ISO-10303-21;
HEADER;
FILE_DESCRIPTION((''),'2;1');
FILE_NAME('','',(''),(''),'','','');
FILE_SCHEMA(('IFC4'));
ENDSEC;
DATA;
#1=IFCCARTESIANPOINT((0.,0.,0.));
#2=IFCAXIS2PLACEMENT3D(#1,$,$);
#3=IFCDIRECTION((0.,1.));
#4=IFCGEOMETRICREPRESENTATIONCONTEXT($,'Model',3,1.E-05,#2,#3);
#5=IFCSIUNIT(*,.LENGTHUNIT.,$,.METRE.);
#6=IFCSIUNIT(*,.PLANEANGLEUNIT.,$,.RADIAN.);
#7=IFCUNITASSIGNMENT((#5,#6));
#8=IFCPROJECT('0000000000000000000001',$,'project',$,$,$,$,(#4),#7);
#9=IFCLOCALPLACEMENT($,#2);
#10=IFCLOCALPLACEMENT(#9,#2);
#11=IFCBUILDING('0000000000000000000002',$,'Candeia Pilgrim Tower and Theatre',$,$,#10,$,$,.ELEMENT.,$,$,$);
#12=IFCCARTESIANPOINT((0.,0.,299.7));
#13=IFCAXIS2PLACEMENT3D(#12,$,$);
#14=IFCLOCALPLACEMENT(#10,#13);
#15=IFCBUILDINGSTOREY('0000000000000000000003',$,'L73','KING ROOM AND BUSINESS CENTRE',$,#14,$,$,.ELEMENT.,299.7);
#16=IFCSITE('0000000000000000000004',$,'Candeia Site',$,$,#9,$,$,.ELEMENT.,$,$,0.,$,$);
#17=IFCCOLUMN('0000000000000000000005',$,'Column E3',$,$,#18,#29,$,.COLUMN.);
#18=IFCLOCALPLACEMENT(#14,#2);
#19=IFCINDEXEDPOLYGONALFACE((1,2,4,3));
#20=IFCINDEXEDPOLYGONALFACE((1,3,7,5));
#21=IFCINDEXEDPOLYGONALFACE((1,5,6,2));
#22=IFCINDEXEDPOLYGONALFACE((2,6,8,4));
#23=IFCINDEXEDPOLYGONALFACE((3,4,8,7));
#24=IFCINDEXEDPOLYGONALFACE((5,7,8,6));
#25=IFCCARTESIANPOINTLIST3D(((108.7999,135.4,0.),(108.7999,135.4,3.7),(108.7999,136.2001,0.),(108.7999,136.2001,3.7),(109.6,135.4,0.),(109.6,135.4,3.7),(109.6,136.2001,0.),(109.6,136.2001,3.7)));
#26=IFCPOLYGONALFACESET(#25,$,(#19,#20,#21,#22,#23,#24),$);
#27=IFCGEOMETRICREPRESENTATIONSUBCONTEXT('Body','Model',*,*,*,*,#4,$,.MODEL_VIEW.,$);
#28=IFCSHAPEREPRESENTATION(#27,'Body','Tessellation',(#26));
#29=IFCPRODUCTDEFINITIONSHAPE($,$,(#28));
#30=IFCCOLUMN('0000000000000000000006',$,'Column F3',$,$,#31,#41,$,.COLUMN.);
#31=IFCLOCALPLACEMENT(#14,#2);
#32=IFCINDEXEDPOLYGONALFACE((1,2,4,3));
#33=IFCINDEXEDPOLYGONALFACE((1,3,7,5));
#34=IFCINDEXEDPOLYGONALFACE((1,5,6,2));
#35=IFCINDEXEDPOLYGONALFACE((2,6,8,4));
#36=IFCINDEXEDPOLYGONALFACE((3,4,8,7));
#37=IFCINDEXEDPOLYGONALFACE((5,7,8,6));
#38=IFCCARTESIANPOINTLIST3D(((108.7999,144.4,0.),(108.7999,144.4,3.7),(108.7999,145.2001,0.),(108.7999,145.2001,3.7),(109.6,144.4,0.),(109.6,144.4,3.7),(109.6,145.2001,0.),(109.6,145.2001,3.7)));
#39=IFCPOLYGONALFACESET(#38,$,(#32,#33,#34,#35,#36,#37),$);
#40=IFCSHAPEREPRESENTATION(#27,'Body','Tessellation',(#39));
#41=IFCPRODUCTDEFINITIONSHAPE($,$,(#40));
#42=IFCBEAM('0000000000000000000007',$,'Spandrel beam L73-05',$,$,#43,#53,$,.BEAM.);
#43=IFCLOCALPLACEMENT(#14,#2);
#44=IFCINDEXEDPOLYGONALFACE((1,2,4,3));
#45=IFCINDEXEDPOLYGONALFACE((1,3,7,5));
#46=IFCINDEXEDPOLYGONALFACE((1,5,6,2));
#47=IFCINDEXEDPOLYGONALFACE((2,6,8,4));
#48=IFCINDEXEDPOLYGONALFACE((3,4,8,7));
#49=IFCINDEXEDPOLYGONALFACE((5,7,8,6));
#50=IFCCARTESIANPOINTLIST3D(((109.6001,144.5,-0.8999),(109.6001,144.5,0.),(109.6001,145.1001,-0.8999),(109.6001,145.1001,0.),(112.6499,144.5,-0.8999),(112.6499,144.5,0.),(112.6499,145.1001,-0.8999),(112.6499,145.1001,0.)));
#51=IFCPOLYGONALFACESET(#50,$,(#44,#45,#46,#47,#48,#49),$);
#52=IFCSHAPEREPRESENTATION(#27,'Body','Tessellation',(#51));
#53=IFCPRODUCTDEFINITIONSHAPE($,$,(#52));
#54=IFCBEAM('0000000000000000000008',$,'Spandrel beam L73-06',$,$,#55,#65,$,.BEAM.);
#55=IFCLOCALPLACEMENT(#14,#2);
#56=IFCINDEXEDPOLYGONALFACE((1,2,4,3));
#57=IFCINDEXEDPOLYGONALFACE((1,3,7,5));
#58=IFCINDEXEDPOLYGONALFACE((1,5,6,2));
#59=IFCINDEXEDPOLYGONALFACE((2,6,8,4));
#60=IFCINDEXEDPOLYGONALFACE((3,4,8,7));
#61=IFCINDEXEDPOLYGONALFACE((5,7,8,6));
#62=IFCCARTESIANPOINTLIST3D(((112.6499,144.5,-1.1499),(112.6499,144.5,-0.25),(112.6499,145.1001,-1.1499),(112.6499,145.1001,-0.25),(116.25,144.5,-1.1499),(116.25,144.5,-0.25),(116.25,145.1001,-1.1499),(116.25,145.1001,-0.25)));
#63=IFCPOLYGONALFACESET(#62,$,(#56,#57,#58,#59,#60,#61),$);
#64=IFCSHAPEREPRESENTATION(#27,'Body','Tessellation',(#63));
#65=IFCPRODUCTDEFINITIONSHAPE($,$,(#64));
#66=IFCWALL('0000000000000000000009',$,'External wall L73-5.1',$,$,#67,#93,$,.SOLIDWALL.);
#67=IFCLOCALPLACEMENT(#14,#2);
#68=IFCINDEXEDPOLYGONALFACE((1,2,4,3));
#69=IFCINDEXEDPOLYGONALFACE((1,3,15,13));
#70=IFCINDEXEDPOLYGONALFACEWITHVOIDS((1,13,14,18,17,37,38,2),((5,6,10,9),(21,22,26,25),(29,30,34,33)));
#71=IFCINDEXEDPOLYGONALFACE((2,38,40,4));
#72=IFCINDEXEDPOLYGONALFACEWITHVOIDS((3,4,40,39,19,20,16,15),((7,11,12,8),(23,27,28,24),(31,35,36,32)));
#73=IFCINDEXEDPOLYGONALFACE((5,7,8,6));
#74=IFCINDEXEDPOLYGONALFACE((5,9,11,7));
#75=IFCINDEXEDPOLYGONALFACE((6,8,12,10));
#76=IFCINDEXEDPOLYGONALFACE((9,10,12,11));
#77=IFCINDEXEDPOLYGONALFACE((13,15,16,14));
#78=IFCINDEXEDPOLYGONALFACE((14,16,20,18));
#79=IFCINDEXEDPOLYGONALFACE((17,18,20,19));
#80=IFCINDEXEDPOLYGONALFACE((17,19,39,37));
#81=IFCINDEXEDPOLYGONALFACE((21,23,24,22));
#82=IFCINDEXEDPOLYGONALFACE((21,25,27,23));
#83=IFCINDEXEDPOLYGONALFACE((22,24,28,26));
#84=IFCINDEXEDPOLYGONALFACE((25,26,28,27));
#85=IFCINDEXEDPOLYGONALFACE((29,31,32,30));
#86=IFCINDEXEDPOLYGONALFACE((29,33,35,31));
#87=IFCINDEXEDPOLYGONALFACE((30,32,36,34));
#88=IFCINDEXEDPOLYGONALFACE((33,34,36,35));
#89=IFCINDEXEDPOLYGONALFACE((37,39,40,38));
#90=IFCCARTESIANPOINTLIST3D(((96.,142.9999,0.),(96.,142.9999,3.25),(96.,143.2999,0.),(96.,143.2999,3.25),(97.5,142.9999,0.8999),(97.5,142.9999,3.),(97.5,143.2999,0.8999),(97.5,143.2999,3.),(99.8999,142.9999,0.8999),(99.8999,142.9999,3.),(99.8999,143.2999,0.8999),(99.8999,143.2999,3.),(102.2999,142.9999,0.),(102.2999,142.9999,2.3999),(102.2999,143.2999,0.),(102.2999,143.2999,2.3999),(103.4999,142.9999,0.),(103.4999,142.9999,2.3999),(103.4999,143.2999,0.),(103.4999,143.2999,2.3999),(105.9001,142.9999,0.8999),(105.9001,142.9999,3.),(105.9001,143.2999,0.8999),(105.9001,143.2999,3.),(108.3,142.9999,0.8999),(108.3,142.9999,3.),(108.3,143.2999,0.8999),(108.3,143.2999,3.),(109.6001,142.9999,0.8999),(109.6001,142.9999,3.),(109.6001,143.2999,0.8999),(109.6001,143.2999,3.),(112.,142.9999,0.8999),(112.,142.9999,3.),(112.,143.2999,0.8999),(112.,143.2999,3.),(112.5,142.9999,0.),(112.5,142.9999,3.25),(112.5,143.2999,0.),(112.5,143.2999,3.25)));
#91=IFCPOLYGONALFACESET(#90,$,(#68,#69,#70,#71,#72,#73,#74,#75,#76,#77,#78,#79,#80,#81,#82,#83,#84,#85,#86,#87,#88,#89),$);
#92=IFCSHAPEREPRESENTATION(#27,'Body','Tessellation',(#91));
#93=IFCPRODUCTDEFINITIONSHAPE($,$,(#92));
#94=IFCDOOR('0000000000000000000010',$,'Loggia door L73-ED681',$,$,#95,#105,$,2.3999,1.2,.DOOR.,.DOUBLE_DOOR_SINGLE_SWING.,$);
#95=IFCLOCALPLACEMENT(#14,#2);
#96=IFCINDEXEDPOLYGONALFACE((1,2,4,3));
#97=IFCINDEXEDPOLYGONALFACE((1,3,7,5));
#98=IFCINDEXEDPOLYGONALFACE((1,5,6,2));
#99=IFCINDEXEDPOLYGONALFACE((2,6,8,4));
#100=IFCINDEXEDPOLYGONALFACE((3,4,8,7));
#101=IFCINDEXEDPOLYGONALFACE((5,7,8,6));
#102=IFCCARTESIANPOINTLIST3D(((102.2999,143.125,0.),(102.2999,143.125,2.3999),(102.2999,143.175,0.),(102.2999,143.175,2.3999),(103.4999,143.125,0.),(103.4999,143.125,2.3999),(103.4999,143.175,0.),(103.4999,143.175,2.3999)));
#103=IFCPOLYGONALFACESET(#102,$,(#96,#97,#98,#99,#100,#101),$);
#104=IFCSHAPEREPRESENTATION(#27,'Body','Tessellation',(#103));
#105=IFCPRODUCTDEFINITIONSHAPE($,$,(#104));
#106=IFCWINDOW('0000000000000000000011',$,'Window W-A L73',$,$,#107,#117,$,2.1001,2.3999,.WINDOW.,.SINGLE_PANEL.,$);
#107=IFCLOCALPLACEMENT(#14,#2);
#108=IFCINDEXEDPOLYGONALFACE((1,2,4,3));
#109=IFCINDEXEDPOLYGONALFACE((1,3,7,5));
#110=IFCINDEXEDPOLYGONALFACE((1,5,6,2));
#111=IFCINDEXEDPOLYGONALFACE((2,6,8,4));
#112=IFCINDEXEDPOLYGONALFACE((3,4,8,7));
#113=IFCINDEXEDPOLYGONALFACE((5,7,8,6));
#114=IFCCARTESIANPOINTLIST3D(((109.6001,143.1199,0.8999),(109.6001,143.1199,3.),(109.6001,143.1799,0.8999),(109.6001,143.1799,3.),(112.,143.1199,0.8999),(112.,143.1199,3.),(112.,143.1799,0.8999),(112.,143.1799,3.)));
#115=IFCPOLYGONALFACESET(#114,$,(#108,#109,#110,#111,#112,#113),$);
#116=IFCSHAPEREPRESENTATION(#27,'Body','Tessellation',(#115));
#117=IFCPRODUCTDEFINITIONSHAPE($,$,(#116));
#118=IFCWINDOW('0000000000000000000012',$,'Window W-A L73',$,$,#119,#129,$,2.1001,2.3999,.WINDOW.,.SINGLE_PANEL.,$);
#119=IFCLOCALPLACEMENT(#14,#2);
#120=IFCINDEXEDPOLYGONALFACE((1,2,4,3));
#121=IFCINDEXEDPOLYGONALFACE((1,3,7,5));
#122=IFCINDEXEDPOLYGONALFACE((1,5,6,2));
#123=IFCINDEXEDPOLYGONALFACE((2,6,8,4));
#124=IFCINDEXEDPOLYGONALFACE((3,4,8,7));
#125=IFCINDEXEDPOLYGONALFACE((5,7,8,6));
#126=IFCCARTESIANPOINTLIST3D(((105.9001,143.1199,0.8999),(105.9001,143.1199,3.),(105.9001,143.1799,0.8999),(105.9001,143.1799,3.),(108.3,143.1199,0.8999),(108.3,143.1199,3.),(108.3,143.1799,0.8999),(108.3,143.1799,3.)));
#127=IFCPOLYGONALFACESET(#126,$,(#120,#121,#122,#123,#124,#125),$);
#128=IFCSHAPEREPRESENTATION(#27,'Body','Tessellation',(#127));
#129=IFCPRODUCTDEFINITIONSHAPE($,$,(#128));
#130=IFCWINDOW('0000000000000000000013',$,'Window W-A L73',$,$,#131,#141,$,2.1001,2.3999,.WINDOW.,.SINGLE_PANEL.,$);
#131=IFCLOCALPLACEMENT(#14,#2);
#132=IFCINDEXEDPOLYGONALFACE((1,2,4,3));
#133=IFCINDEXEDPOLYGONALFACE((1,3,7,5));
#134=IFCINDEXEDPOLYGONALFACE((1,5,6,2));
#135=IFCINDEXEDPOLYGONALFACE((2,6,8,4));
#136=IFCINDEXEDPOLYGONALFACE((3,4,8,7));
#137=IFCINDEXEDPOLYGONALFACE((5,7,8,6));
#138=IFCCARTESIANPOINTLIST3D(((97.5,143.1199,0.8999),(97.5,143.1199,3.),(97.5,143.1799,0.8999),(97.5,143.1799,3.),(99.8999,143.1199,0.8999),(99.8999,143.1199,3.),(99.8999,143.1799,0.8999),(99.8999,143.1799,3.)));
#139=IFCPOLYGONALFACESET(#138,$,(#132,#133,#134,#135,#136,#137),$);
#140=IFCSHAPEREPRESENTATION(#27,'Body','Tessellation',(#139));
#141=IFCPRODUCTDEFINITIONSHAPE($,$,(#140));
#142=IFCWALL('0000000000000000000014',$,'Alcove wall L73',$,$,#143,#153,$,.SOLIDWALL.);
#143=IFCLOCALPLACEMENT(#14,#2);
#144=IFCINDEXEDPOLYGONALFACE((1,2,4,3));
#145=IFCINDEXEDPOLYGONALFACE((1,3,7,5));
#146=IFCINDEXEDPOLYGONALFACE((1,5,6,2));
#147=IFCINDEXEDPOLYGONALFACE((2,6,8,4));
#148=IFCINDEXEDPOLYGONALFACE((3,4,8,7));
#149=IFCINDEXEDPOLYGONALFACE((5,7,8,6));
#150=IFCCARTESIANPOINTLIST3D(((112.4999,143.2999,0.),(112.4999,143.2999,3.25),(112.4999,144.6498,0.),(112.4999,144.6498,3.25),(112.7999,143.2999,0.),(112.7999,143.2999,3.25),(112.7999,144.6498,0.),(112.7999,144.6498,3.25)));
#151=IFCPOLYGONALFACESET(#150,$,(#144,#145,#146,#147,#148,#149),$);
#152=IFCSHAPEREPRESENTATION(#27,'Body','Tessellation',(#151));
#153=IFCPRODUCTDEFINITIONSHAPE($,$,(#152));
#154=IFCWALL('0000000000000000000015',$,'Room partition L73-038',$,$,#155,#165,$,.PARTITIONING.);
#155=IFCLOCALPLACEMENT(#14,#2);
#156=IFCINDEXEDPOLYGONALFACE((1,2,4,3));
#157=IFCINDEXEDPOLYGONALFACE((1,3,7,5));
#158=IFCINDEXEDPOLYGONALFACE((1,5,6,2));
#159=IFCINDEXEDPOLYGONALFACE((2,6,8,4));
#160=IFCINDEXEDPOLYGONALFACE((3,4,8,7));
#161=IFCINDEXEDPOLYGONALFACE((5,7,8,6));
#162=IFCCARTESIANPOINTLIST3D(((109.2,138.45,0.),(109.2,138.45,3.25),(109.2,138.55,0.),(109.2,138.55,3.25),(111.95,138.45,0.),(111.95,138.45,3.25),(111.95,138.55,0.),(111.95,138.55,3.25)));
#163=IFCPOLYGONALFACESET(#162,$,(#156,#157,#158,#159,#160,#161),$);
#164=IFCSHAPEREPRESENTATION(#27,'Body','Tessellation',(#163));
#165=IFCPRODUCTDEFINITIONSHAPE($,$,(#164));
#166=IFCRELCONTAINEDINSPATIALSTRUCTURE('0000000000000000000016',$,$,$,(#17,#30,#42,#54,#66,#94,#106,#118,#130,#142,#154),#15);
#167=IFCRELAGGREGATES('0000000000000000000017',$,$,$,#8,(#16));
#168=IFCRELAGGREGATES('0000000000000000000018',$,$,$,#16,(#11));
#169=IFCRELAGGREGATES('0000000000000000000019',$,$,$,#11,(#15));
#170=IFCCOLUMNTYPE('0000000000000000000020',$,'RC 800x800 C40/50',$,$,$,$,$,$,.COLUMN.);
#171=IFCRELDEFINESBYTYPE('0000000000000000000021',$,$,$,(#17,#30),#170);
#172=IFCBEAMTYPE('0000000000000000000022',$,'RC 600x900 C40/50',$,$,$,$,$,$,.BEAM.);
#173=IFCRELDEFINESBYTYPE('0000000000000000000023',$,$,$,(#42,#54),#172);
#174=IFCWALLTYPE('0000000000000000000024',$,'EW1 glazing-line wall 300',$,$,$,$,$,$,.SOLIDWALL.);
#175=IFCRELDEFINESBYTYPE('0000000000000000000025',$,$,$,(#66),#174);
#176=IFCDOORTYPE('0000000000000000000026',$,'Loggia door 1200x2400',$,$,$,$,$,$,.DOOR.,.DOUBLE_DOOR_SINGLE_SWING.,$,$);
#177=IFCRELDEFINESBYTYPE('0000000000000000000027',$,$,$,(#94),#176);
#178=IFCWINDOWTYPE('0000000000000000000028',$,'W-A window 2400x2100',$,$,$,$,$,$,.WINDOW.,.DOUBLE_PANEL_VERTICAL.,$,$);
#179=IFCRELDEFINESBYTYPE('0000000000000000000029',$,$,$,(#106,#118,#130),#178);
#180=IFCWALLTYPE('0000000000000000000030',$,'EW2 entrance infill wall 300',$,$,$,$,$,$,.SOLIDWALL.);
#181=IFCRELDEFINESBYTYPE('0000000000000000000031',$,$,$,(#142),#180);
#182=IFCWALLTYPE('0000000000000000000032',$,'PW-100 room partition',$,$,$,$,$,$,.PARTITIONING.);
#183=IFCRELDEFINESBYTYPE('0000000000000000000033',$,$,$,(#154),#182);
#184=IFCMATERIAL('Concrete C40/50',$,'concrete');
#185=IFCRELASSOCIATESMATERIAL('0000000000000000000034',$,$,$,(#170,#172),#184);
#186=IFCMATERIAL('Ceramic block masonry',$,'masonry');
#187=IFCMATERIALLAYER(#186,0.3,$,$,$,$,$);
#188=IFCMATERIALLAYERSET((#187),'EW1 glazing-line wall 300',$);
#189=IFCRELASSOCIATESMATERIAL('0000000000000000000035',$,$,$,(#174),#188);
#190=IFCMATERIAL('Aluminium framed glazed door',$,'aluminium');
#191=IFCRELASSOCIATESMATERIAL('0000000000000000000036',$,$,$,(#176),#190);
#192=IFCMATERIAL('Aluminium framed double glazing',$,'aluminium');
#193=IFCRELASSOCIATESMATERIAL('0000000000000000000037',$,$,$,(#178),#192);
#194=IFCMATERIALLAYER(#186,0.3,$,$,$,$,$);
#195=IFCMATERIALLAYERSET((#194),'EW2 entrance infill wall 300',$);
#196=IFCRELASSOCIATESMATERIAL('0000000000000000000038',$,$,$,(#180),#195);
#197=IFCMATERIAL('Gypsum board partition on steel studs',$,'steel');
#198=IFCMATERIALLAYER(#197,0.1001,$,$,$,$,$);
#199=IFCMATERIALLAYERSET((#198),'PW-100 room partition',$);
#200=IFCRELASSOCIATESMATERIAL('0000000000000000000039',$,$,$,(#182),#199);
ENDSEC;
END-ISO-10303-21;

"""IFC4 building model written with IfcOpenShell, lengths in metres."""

from ifc_helpers import new_model, si_unit, direction, frame, frame_2d, origin, origin_2d, place, context, subcontext, project, spatial, rectangle, extrude, material, layer, layer_set, material_profile, profile_set, type_object, element, fill, save


model = new_model("IFC4")

# Units and contexts
model_context = context("Model", 3, precision=1e-05, world=origin(), true_north=direction((0.0, 1.0)))
body_context = subcontext(model_context, "Body", "Model", "MODEL_VIEW")
ifc_project = project(units=[si_unit("LENGTHUNIT", "METRE"), si_unit("PLANEANGLEUNIT", "RADIAN")], contexts=[model_context])

# Site, building, storey
site_placement = place(None, origin())
site = spatial("IfcSite", under=ifc_project, at=site_placement, Name="Candeia Site", CompositionType="ELEMENT", RefElevation=0.0)
building_placement = place(site_placement, origin())
building = spatial("IfcBuilding", under=site, at=building_placement, Name="Candeia Pilgrim Tower and Theatre", CompositionType="ELEMENT")
storey_placement = place(building_placement, frame((0.0, 0.0, 299.7)))
storey = spatial("IfcBuildingStorey", under=building, at=storey_placement, Name="L73", Description="KING ROOM AND BUSINESS CENTRE", CompositionType="ELEMENT", Elevation=299.7)

# Columns
ifc_material_1 = material(Name="Concrete C40/50", Category="concrete")
ifc_material_profile_1 = material_profile(ifc_material_1, rectangle(XDim=0.8, YDim=0.8, at=origin_2d()))
ifc_profile_set_1 = profile_set([ifc_material_profile_1], Name="Concrete C40/50")
column_type = type_object("IfcColumnType", Name="RC 800x800 C40/50", PredefinedType="COLUMN", material=ifc_profile_set_1)
for number, where, z_axis, x_axis, name in (
    (1, (109.2, 135.8, 0.0), (0.0, 0.0, 1.0), (1.0, 0.0, 0.0), "Column E3"),
    (2, (109.2, 144.8, 0.0), (0.0, 0.0, 1.0), (1.0, 0.0, 0.0), "Column F3"),
):
    element("IfcColumn", number, at=place(storey_placement, frame(where, z_axis=z_axis, x_axis=x_axis)), inside=storey, type_object=column_type, Name=name, PredefinedType="COLUMN", context=body_context, shape_type="SweptSolid", body=[
        extrude(rectangle(XDim=0.8, YDim=0.8, at=origin_2d()), origin(), (0.0, 0.0, 1.0), 3.7),
    ])

# Beams
ifc_material_profile_2 = material_profile(ifc_material_1, rectangle(XDim=0.6001, YDim=0.8999, at=origin_2d()))
ifc_profile_set_2 = profile_set([ifc_material_profile_2], Name="Concrete C40/50")
beam_type = type_object("IfcBeamType", Name="RC 600x900 C40/50", PredefinedType="BEAM", material=ifc_profile_set_2)
beam_1_placement = place(storey_placement, frame((109.6001, 144.8, -0.45), z_axis=(1.0, 0.0, 0.0), x_axis=(0.0, 1.0, 0.0)))
element("IfcBeam", 3, at=beam_1_placement, inside=storey, type_object=beam_type, Name="Spandrel beam L73-05", PredefinedType="BEAM", context=body_context, shape_type="SweptSolid", body=[
    extrude(rectangle(XDim=0.6001, YDim=0.8999, at=origin_2d()), origin(), (0.0, 0.0, 1.0), 3.0498),
])
beam_2_placement = place(storey_placement, frame((112.6499, 144.8, -0.7), z_axis=(1.0, 0.0, 0.0), x_axis=(0.0, 1.0, 0.0)))
element("IfcBeam", 4, at=beam_2_placement, inside=storey, type_object=beam_type, Name="Spandrel beam L73-06", PredefinedType="BEAM", context=body_context, shape_type="SweptSolid", body=[
    extrude(rectangle(XDim=0.6001, YDim=0.8999, at=origin_2d()), origin(), (0.0, 0.0, 1.0), 3.6001),
])

# Wall, openings, door, windows
ifc_material_2 = material(Name="Ceramic block masonry", Category="masonry")
ifc_layer_1 = layer(ifc_material_2, 0.3)
ifc_layer_set_1 = layer_set([ifc_layer_1], Name="EW1 glazing-line wall 300")
wall_type_1 = type_object("IfcWallType", Name="EW1 glazing-line wall 300", PredefinedType="SOLIDWALL", material=ifc_layer_set_1)
wall_1_placement = place(storey_placement, frame((112.5, 143.1499, 0.0), z_axis=(0.0, 0.0, 1.0), x_axis=(-1.0, 0.0, 0.0)))
wall_1 = element("IfcWall", 5, at=wall_1_placement, inside=storey, type_object=wall_type_1, Name="External wall L73-5.1", PredefinedType="SOLIDWALL", context=body_context, shape_type="SweptSolid", body=[
    extrude(rectangle(XDim=16.5, YDim=0.3, at=frame_2d((8.25, 0.0))), origin(), (0.0, 0.0, 1.0), 3.25),
])
opening_1_placement = place(wall_1_placement, frame((0.5, 0.0, 0.8999)))
opening_1 = element("IfcOpeningElement", 6, at=opening_1_placement, cuts=wall_1, PredefinedType="OPENING", context=body_context, shape_type="SweptSolid", body=[
    extrude(rectangle(XDim=2.3999, YDim=2.1001, at=frame_2d((1.2, 1.05))), frame((0.0, 0.1602, 0.0), z_axis=(0.0, -1.0, 0.0), x_axis=(1.0, 0.0, 0.0)), (0.0, 0.0, 1.0), 0.3201),
])
opening_2_placement = place(wall_1_placement, frame((4.2, 0.0, 0.8999)))
opening_2 = element("IfcOpeningElement", 7, at=opening_2_placement, cuts=wall_1, PredefinedType="OPENING", context=body_context, shape_type="SweptSolid", body=[
    extrude(rectangle(XDim=2.3999, YDim=2.1001, at=frame_2d((1.2, 1.05))), frame((0.0, 0.1602, 0.0), z_axis=(0.0, -1.0, 0.0), x_axis=(1.0, 0.0, 0.0)), (0.0, 0.0, 1.0), 0.3201),
])
opening_3_placement = place(wall_1_placement, frame((9.0, 0.0, 0.0)))
opening_3 = element("IfcOpeningElement", 8, at=opening_3_placement, cuts=wall_1, PredefinedType="OPENING", context=body_context, shape_type="SweptSolid", body=[
    extrude(rectangle(XDim=1.2, YDim=2.3999, at=frame_2d((0.6001, 1.2))), frame((0.0, 0.1602, 0.0), z_axis=(0.0, -1.0, 0.0), x_axis=(1.0, 0.0, 0.0)), (0.0, 0.0, 1.0), 0.3201),
])
opening_4_placement = place(wall_1_placement, frame((12.6001, 0.0, 0.8999)))
opening_4 = element("IfcOpeningElement", 9, at=opening_4_placement, cuts=wall_1, PredefinedType="OPENING", context=body_context, shape_type="SweptSolid", body=[
    extrude(rectangle(XDim=2.3999, YDim=2.1001, at=frame_2d((1.2, 1.05))), frame((0.0, 0.1602, 0.0), z_axis=(0.0, -1.0, 0.0), x_axis=(1.0, 0.0, 0.0)), (0.0, 0.0, 1.0), 0.3201),
])
ifc_material_3 = material(Name="Aluminium framed glazed door", Category="aluminium")
door_type_1 = type_object("IfcDoorType", Name="Loggia door 1200x2400", OperationType="DOUBLE_DOOR_SINGLE_SWING", PredefinedType="DOOR", material=ifc_material_3)
door_1_placement = place(opening_3_placement, origin())
door_1 = element("IfcDoor", 10, at=door_1_placement, inside=storey, type_object=door_type_1, Name="Loggia door L73-ED681", OperationType="DOUBLE_DOOR_SINGLE_SWING", OverallHeight=2.3999, OverallWidth=1.2, PredefinedType="DOOR", context=body_context, shape_type="SweptSolid", body=[
    extrude(rectangle(XDim=1.2, YDim=2.3999, at=frame_2d((0.6001, 1.2))), frame((0.0, 0.0249, 0.0), z_axis=(0.0, -1.0, 0.0), x_axis=(1.0, 0.0, 0.0)), (0.0, 0.0, 1.0), 0.05),
])
fill(opening_3, door_1)
ifc_material_4 = material(Name="Aluminium framed double glazing", Category="aluminium")
window_type = type_object("IfcWindowType", Name="W-A window 2400x2100", PartitioningType="DOUBLE_PANEL_VERTICAL", PredefinedType="WINDOW", material=ifc_material_4)
window_1_placement = place(opening_1_placement, origin())
window_1 = element("IfcWindow", 11, at=window_1_placement, inside=storey, type_object=window_type, Name="Window W-A L73", OverallHeight=2.1001, OverallWidth=2.3999, PartitioningType="SINGLE_PANEL", PredefinedType="WINDOW", context=body_context, shape_type="SweptSolid", body=[
    extrude(rectangle(XDim=2.3999, YDim=2.1001, at=frame_2d((1.2, 1.05))), frame((0.0, 0.03, 0.0), z_axis=(0.0, -1.0, 0.0), x_axis=(1.0, 0.0, 0.0)), (0.0, 0.0, 1.0), 0.0601),
])
fill(opening_1, window_1)
window_2_placement = place(opening_2_placement, origin())
window_2 = element("IfcWindow", 12, at=window_2_placement, inside=storey, type_object=window_type, Name="Window W-A L73", OverallHeight=2.1001, OverallWidth=2.3999, PartitioningType="SINGLE_PANEL", PredefinedType="WINDOW", context=body_context, shape_type="SweptSolid", body=[
    extrude(rectangle(XDim=2.3999, YDim=2.1001, at=frame_2d((1.2, 1.05))), frame((0.0, 0.03, 0.0), z_axis=(0.0, -1.0, 0.0), x_axis=(1.0, 0.0, 0.0)), (0.0, 0.0, 1.0), 0.0601),
])
fill(opening_2, window_2)
window_3_placement = place(opening_4_placement, origin())
window_3 = element("IfcWindow", 13, at=window_3_placement, inside=storey, type_object=window_type, Name="Window W-A L73", OverallHeight=2.1001, OverallWidth=2.3999, PartitioningType="SINGLE_PANEL", PredefinedType="WINDOW", context=body_context, shape_type="SweptSolid", body=[
    extrude(rectangle(XDim=2.3999, YDim=2.1001, at=frame_2d((1.2, 1.05))), frame((0.0, 0.03, 0.0), z_axis=(0.0, -1.0, 0.0), x_axis=(1.0, 0.0, 0.0)), (0.0, 0.0, 1.0), 0.0601),
])
fill(opening_4, window_3)

# Walls
ifc_layer_2 = layer(ifc_material_2, 0.3)
ifc_layer_set_2 = layer_set([ifc_layer_2], Name="EW2 entrance infill wall 300")
wall_type_2 = type_object("IfcWallType", Name="EW2 entrance infill wall 300", PredefinedType="SOLIDWALL", material=ifc_layer_set_2)
wall_2_placement = place(storey_placement, frame((112.6499, 143.3, 0.0), z_axis=(0.0, 0.0, 1.0), x_axis=(0.0, 1.0, 0.0)))
element("IfcWall", 14, at=wall_2_placement, inside=storey, type_object=wall_type_2, Name="Alcove wall L73", PredefinedType="SOLIDWALL", context=body_context, shape_type="SweptSolid", body=[
    extrude(rectangle(XDim=1.3499, YDim=0.3, at=frame_2d((0.6748, 0.0))), origin(), (0.0, 0.0, 1.0), 3.25),
])
ifc_material_5 = material(Name="Gypsum board partition on steel studs", Category="steel")
ifc_layer_3 = layer(ifc_material_5, 0.1001)
ifc_layer_set_3 = layer_set([ifc_layer_3], Name="PW-100 room partition")
wall_type_3 = type_object("IfcWallType", Name="PW-100 room partition", PredefinedType="PARTITIONING", material=ifc_layer_set_3)
wall_3_placement = place(storey_placement, frame((109.2, 138.5, 0.0), z_axis=(0.0, 0.0, 1.0), x_axis=(1.0, 0.0, 0.0)))
element("IfcWall", 15, at=wall_3_placement, inside=storey, type_object=wall_type_3, Name="Room partition L73-038", PredefinedType="PARTITIONING", context=body_context, shape_type="SweptSolid", body=[
    extrude(rectangle(XDim=2.75, YDim=0.1001, at=frame_2d((1.375, 0.0))), origin(), (0.0, 0.0, 1.0), 3.25),
])

save(model, "model.ifc")
